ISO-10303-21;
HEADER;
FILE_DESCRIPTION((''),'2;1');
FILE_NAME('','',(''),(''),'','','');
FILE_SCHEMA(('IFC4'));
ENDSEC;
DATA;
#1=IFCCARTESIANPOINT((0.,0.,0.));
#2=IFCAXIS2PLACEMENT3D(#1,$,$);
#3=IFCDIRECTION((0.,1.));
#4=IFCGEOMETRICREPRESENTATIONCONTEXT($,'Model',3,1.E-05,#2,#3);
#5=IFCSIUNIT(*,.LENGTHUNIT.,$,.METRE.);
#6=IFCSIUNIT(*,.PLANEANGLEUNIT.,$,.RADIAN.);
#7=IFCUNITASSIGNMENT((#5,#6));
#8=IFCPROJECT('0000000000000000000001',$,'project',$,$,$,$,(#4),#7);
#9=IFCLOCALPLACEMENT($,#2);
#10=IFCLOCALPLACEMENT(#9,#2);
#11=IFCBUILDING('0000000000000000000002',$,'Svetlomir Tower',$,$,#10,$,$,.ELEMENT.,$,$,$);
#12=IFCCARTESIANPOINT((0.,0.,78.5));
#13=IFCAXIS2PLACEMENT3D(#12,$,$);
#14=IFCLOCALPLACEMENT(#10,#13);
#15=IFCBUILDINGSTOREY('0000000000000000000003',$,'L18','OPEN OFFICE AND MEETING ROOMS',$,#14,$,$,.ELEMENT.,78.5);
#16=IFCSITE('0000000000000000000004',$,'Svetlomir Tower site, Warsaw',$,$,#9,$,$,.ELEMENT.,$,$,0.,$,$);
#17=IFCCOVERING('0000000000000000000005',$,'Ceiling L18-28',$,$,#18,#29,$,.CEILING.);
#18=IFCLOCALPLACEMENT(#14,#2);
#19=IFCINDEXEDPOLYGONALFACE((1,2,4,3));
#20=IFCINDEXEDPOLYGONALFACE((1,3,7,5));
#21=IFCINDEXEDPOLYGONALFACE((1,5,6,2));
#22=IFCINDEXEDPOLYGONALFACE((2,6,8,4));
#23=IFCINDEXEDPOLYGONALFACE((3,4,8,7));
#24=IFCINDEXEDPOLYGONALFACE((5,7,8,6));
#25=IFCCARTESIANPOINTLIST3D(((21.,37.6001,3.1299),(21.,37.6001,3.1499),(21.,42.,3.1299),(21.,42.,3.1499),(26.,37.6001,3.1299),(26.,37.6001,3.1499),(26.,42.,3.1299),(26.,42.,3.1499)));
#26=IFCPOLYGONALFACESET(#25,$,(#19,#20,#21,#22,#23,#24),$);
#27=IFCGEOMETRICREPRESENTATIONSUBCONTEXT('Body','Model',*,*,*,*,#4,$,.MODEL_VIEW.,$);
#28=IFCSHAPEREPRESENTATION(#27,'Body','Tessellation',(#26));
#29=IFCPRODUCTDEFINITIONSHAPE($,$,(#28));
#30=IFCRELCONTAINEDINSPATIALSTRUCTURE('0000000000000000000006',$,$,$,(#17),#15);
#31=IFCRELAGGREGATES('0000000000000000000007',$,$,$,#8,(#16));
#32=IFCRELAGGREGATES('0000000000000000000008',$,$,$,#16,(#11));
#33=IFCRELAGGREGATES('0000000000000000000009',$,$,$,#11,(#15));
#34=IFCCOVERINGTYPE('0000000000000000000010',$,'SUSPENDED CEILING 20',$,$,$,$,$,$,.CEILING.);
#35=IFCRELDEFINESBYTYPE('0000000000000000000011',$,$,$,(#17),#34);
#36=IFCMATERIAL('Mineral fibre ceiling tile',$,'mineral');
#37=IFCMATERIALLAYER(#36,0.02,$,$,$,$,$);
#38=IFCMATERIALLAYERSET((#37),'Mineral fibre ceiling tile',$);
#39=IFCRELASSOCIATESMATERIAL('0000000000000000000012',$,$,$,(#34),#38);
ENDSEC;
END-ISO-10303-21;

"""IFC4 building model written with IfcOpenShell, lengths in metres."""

from ifc_helpers import new_model, si_unit, direction, frame, origin, place, context, subcontext, project, spatial, polyline, outline, extrude, material, layer, layer_set, type_object, element, save


model = new_model("IFC4")

# Units and contexts
model_context = context("Model", 3, precision=1e-05, world=origin(), true_north=direction((0.0, 1.0)))
body_context = subcontext(model_context, "Body", "Model", "MODEL_VIEW")
ifc_project = project(units=[si_unit("LENGTHUNIT", "METRE"), si_unit("PLANEANGLEUNIT", "RADIAN")], contexts=[model_context])

# Site, building, storey
site_placement = place(None, origin())
site = spatial("IfcSite", under=ifc_project, at=site_placement, Name="Svetlomir Tower site, Warsaw", CompositionType="ELEMENT", RefElevation=0.0)
building_placement = place(site_placement, origin())
building = spatial("IfcBuilding", under=site, at=building_placement, Name="Svetlomir Tower", CompositionType="ELEMENT")
storey_placement = place(building_placement, frame((0.0, 0.0, 78.5)))
storey = spatial("IfcBuildingStorey", under=building, at=storey_placement, Name="L18", Description="OPEN OFFICE AND MEETING ROOMS", CompositionType="ELEMENT", Elevation=78.5)

# Covering
ifc_material_1 = material(Name="Mineral fibre ceiling tile", Category="mineral")
ifc_layer_1 = layer(ifc_material_1, 0.02)
ifc_layer_set_1 = layer_set([ifc_layer_1], Name="Mineral fibre ceiling tile")
covering_type_1 = type_object("IfcCoveringType", Name="SUSPENDED CEILING 20", PredefinedType="CEILING", material=ifc_layer_set_1)
covering_1_placement = place(storey_placement, frame((0.0, 0.0, 3.1299)))
element("IfcCovering", 1, at=covering_1_placement, inside=storey, type_object=covering_type_1, Name="Ceiling L18-28", PredefinedType="CEILING", context=body_context, shape_type="SweptSolid", body=[
    extrude(outline(polyline([(21.0, 37.6001), (26.0, 37.6001), (26.0, 42.0), (21.0, 42.0), (21.0, 37.6001)])), origin(), (0.0, 0.0, 1.0), 0.02),
])

save(model, "model.ifc")
